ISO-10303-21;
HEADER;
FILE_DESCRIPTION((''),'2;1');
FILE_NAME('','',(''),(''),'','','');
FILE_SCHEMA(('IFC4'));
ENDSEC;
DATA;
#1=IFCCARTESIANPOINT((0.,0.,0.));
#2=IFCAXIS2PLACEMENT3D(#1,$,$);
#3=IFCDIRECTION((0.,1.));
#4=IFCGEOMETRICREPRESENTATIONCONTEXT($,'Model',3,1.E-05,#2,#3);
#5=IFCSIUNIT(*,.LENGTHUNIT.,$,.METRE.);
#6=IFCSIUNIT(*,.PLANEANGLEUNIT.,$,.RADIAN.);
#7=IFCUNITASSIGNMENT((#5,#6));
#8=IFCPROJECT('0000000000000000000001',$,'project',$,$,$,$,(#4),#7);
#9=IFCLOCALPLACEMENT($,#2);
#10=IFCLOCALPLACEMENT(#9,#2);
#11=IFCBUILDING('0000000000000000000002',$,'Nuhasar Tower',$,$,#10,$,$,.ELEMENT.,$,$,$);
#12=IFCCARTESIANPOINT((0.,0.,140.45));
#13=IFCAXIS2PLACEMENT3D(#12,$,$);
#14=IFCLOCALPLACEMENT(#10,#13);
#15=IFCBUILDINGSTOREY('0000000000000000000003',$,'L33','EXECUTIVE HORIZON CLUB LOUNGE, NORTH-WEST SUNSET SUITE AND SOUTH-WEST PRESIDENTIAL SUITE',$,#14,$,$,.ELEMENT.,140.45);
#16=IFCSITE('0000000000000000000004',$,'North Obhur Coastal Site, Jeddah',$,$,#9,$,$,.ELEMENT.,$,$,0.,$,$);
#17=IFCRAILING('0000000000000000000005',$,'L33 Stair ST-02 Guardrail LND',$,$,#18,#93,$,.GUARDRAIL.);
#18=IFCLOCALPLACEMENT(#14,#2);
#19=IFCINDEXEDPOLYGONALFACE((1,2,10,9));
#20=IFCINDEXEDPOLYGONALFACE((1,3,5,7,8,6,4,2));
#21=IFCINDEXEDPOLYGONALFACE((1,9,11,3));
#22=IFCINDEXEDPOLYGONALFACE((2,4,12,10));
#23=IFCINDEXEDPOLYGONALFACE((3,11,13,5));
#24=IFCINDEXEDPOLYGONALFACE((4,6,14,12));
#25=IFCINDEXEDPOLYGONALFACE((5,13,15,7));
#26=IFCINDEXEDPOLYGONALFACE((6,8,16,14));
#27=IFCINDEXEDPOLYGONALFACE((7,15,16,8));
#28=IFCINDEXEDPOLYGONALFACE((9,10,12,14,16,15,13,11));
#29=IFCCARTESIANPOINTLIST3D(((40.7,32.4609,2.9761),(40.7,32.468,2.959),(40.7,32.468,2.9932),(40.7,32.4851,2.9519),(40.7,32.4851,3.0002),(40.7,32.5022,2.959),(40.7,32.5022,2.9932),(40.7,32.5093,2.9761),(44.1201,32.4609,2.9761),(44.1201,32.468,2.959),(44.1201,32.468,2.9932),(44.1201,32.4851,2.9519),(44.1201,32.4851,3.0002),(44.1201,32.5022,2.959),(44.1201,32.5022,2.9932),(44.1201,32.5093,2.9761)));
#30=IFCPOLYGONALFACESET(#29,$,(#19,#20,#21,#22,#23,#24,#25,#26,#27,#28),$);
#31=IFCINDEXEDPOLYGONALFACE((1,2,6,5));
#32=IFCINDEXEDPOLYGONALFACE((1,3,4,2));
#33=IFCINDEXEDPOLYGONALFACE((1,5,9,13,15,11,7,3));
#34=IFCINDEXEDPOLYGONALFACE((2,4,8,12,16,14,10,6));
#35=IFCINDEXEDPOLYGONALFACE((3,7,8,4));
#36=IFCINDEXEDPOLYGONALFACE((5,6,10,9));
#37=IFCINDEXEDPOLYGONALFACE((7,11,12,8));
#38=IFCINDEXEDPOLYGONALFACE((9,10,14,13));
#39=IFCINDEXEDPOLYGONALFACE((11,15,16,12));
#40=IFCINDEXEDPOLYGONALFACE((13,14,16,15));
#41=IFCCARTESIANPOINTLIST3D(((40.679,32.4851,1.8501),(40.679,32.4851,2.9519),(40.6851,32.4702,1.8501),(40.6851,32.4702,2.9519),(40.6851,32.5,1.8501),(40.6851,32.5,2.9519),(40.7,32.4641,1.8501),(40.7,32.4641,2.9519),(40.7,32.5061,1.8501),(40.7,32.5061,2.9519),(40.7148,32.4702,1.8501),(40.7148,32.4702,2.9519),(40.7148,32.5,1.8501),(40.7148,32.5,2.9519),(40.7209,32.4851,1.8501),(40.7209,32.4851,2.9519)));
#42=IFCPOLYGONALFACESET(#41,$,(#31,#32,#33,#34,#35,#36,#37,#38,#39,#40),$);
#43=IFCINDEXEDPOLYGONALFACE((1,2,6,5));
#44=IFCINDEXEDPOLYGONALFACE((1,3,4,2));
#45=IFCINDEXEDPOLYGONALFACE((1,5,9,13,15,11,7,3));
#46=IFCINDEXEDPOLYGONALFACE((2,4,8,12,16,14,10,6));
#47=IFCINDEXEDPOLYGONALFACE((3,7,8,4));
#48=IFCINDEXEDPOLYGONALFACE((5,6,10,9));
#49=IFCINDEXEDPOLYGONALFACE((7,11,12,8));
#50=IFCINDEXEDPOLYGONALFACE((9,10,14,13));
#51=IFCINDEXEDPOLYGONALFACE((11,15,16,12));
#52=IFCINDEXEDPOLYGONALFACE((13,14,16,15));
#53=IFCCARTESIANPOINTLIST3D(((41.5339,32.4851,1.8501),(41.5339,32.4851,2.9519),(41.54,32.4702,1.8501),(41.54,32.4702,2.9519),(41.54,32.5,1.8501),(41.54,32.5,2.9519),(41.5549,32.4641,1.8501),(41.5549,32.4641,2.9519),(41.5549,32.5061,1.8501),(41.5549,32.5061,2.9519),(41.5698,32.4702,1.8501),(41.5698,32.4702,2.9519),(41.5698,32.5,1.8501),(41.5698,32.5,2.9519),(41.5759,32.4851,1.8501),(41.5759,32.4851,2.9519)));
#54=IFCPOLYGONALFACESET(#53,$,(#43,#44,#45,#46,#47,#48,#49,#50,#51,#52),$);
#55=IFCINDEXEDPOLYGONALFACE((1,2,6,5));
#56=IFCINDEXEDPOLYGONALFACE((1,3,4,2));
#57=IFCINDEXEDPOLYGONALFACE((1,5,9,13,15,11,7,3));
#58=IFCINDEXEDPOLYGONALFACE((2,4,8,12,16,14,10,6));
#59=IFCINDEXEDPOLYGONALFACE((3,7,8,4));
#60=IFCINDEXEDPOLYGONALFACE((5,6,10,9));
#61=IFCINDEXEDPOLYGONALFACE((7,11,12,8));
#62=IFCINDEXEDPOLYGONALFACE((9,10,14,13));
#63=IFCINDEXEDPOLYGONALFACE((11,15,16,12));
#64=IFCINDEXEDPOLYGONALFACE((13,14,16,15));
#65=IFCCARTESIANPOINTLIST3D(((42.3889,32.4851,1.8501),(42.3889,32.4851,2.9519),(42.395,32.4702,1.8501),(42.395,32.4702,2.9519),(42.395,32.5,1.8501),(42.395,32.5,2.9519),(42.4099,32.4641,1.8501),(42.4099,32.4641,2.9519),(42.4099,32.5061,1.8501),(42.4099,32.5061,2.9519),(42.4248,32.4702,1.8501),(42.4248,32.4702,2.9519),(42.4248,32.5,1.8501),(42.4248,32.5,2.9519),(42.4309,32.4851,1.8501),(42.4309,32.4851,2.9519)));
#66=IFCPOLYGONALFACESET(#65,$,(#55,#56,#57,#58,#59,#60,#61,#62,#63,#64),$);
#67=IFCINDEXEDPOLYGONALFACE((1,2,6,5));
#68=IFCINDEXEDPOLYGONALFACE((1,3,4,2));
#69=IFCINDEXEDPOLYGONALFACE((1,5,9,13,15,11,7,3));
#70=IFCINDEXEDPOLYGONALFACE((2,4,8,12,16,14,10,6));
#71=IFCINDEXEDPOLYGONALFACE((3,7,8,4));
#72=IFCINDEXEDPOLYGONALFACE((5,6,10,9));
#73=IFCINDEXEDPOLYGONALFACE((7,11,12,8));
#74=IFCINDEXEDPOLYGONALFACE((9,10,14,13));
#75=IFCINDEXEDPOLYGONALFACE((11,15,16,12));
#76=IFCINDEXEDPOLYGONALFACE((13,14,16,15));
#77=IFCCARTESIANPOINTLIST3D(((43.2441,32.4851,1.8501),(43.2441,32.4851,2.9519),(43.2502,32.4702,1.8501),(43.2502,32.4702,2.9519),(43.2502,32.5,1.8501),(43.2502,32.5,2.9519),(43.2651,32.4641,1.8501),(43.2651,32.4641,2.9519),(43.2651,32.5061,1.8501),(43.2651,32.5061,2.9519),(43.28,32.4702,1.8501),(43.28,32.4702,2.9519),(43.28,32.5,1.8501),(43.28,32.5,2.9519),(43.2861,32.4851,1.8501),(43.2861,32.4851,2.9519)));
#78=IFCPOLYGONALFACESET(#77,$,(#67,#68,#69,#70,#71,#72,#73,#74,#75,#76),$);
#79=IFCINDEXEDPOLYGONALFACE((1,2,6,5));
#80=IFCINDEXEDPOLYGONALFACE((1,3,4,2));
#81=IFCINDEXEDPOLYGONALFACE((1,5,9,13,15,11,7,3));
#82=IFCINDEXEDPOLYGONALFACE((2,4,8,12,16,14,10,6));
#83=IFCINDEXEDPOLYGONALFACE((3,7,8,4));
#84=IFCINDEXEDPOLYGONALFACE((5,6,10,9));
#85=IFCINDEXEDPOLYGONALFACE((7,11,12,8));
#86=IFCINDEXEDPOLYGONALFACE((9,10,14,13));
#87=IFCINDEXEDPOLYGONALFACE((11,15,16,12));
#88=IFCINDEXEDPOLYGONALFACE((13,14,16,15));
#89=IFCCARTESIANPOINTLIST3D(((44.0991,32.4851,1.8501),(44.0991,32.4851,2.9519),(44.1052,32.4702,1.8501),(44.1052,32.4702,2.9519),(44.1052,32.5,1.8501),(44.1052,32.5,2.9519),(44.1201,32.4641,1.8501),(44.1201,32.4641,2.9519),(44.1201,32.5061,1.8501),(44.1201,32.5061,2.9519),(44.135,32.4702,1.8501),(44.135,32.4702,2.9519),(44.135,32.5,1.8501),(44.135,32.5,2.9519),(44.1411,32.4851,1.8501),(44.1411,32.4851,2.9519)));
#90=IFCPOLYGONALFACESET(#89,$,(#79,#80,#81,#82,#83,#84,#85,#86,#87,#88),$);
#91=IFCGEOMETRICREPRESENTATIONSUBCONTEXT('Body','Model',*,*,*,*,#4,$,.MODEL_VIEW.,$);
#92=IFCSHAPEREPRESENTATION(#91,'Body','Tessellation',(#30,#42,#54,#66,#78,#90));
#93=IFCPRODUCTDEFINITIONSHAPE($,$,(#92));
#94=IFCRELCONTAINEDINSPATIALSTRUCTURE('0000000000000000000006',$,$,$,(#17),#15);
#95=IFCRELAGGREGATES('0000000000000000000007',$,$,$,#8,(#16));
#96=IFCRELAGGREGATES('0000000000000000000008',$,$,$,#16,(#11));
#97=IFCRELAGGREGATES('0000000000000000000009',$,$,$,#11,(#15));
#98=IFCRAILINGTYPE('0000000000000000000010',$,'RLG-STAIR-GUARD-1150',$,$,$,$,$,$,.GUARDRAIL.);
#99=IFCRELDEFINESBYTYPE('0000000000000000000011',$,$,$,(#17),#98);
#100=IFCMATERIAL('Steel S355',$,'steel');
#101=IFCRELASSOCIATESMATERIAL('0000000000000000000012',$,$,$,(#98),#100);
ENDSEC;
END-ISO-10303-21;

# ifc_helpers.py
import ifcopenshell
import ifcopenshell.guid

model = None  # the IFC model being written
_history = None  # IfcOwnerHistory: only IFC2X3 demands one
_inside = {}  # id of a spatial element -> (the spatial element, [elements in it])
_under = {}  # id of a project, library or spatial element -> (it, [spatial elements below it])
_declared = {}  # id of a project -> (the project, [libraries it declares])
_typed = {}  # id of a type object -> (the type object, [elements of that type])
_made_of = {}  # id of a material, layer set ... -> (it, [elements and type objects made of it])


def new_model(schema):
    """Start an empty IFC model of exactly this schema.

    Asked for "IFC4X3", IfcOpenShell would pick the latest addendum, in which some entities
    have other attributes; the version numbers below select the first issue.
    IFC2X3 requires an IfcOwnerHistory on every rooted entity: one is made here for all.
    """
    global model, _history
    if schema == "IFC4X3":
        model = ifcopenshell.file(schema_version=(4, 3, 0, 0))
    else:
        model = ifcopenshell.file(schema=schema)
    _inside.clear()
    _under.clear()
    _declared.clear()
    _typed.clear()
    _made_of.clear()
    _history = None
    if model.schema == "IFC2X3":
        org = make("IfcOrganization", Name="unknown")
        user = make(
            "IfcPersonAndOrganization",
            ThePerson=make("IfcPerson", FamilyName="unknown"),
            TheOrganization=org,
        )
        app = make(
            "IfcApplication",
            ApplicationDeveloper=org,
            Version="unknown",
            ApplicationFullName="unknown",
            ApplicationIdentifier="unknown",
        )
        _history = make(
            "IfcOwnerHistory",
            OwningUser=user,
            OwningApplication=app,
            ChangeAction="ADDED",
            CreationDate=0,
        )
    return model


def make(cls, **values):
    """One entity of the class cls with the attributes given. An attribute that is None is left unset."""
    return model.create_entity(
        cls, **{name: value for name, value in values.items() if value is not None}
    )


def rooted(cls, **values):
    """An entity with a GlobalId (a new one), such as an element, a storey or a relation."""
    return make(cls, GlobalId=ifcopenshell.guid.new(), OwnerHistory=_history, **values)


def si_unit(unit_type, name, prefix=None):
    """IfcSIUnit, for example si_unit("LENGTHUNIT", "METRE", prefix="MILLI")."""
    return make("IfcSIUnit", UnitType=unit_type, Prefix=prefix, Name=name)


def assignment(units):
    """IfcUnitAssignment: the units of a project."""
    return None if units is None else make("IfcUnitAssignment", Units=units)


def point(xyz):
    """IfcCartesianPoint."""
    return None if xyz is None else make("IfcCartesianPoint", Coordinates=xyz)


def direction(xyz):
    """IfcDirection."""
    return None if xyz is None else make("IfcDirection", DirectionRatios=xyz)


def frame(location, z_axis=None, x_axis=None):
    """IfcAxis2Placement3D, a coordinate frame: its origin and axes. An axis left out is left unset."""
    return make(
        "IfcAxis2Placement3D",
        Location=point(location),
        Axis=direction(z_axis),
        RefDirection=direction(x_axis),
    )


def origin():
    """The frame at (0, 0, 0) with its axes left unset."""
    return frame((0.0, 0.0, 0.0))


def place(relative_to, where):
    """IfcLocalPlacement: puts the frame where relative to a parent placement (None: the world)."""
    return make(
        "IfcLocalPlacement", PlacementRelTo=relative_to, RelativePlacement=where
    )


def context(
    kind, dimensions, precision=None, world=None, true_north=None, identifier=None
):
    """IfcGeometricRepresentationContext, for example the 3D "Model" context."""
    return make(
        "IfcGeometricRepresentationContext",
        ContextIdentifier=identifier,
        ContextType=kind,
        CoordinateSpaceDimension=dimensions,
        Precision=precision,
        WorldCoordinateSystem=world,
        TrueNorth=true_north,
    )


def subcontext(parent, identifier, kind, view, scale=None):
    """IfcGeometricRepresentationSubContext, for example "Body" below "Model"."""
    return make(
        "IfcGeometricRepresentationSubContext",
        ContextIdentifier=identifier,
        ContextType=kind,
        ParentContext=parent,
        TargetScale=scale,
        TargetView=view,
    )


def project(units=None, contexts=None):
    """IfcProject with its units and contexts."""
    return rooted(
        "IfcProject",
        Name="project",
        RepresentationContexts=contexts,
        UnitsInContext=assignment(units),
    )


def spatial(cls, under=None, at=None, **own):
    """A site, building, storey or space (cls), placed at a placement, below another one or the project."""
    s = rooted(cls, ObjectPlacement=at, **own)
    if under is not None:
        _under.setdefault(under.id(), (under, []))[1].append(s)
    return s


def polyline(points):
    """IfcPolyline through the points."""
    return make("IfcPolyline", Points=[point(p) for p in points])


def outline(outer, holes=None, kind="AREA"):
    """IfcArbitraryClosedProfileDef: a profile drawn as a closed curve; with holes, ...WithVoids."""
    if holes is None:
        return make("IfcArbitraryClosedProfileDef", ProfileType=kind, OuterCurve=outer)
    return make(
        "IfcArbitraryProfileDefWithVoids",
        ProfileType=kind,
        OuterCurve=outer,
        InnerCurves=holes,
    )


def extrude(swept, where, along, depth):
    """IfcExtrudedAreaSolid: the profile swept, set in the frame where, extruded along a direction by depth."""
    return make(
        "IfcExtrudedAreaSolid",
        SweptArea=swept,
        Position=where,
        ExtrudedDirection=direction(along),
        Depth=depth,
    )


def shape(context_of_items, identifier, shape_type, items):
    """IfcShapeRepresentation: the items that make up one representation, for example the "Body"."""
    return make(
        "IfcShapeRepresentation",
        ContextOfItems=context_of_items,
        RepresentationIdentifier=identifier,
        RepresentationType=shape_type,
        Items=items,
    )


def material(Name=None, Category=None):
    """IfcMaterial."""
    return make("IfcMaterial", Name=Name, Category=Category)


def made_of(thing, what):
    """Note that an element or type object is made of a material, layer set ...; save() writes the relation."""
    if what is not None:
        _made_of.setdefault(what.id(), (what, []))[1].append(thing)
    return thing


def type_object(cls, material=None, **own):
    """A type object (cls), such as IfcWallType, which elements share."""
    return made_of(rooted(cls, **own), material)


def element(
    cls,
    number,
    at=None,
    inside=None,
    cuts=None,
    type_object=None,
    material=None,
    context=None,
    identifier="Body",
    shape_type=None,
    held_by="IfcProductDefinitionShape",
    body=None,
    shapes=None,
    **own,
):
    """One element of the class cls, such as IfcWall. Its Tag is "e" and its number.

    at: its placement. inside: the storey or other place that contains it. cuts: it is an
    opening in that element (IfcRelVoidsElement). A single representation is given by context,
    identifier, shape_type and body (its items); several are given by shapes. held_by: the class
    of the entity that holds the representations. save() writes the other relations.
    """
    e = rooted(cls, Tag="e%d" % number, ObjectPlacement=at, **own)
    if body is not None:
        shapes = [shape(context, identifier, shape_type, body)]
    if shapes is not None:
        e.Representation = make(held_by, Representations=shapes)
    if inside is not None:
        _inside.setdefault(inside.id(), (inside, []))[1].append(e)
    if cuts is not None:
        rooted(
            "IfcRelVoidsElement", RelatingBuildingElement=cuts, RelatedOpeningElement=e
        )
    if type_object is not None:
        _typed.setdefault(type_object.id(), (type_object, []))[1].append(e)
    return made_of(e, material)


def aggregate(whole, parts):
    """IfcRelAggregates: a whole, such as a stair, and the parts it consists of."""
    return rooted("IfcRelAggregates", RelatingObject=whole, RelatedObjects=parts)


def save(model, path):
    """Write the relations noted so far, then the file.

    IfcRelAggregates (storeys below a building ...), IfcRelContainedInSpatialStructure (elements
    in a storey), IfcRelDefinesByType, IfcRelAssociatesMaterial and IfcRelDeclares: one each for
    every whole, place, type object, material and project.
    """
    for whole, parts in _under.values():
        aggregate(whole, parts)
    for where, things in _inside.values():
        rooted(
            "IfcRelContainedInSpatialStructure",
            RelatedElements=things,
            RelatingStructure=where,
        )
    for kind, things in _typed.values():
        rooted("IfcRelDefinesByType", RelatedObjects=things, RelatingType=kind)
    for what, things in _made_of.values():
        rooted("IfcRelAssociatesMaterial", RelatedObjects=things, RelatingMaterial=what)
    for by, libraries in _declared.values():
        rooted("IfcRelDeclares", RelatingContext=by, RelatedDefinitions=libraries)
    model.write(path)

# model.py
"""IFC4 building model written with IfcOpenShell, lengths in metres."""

from ifc_helpers import new_model, si_unit, direction, frame, origin, place, context, subcontext, project, spatial, polyline, outline, extrude, material, type_object, element, save


model = new_model("IFC4")

# Units and contexts
model_context = context("Model", 3, precision=1e-05, world=origin(), true_north=direction((0.0, 1.0)))
body_context = subcontext(model_context, "Body", "Model", "MODEL_VIEW")
ifc_project = project(units=[si_unit("LENGTHUNIT", "METRE"), si_unit("PLANEANGLEUNIT", "RADIAN")], contexts=[model_context])

# Site, building, storey
site_placement = place(None, origin())
site = spatial("IfcSite", under=ifc_project, at=site_placement, Name="North Obhur Coastal Site, Jeddah", CompositionType="ELEMENT", RefElevation=0.0)
building_placement = place(site_placement, origin())
building = spatial("IfcBuilding", under=site, at=building_placement, Name="Nuhasar Tower", CompositionType="ELEMENT")
storey_placement = place(building_placement, frame((0.0, 0.0, 140.45)))
storey = spatial("IfcBuildingStorey", under=building, at=storey_placement, Name="L33", Description="EXECUTIVE HORIZON CLUB LOUNGE, NORTH-WEST SUNSET SUITE AND SOUTH-WEST PRESIDENTIAL SUITE", CompositionType="ELEMENT", Elevation=140.45)

# Shared definitions
ifc_material_1 = material(Name="Steel S355", Category="steel")

# Railing
railing_type_1 = type_object("IfcRailingType", Name="RLG-STAIR-GUARD-1150", PredefinedType="GUARDRAIL", material=ifc_material_1)
railing_1_placement = place(storey_placement, frame((40.7, 32.4851, 1.8501)))
element("IfcRailing", 1, at=railing_1_placement, inside=storey, type_object=railing_type_1, Name="L33 Stair ST-02 Guardrail LND", PredefinedType="GUARDRAIL", context=body_context, shape_type="SweptSolid", body=[
    extrude(outline(polyline([(0.0242, 0.0), (0.0171, 0.0171), (0.0, 0.0242), (-0.0171, 0.0171), (-0.0242, 0.0), (-0.0171, -0.0171), (0.0, -0.0242), (0.0171, -0.0171), (0.0242, 0.0)])), frame((0.0, 0.0, 1.126), z_axis=(1.0, 0.0, 0.0), x_axis=(0.0, 1.0, 0.0)), (0.0, 0.0, 1.0), 3.4202),
    extrude(outline(polyline([(0.021, 0.0), (0.0149, 0.0149), (0.0, 0.021), (-0.0149, 0.0149), (-0.021, 0.0), (-0.0149, -0.0149), (0.0, -0.021), (0.0149, -0.0149), (0.021, 0.0)])), origin(), (0.0, 0.0, 1.0), 1.1018),
    extrude(outline(polyline([(0.021, 0.0), (0.0149, 0.0149), (0.0, 0.021), (-0.0149, 0.0149), (-0.021, 0.0), (-0.0149, -0.0149), (0.0, -0.021), (0.0149, -0.0149), (0.021, 0.0)])), frame((0.855, 0.0, 0.0)), (0.0, 0.0, 1.0), 1.1018),
    extrude(outline(polyline([(0.021, 0.0), (0.0149, 0.0149), (0.0, 0.021), (-0.0149, 0.0149), (-0.021, 0.0), (-0.0149, -0.0149), (0.0, -0.021), (0.0149, -0.0149), (0.021, 0.0)])), frame((1.71, 0.0, 0.0)), (0.0, 0.0, 1.0), 1.1018),
    extrude(outline(polyline([(0.021, 0.0), (0.0149, 0.0149), (0.0, 0.021), (-0.0149, 0.0149), (-0.021, 0.0), (-0.0149, -0.0149), (0.0, -0.021), (0.0149, -0.0149), (0.021, 0.0)])), frame((2.5652, 0.0, 0.0)), (0.0, 0.0, 1.0), 1.1018),
    extrude(outline(polyline([(0.021, 0.0), (0.0149, 0.0149), (0.0, 0.021), (-0.0149, 0.0149), (-0.021, 0.0), (-0.0149, -0.0149), (0.0, -0.021), (0.0149, -0.0149), (0.021, 0.0)])), frame((3.4202, 0.0, 0.0)), (0.0, 0.0, 1.0), 1.1018),
])

save(model, "model.ifc")
